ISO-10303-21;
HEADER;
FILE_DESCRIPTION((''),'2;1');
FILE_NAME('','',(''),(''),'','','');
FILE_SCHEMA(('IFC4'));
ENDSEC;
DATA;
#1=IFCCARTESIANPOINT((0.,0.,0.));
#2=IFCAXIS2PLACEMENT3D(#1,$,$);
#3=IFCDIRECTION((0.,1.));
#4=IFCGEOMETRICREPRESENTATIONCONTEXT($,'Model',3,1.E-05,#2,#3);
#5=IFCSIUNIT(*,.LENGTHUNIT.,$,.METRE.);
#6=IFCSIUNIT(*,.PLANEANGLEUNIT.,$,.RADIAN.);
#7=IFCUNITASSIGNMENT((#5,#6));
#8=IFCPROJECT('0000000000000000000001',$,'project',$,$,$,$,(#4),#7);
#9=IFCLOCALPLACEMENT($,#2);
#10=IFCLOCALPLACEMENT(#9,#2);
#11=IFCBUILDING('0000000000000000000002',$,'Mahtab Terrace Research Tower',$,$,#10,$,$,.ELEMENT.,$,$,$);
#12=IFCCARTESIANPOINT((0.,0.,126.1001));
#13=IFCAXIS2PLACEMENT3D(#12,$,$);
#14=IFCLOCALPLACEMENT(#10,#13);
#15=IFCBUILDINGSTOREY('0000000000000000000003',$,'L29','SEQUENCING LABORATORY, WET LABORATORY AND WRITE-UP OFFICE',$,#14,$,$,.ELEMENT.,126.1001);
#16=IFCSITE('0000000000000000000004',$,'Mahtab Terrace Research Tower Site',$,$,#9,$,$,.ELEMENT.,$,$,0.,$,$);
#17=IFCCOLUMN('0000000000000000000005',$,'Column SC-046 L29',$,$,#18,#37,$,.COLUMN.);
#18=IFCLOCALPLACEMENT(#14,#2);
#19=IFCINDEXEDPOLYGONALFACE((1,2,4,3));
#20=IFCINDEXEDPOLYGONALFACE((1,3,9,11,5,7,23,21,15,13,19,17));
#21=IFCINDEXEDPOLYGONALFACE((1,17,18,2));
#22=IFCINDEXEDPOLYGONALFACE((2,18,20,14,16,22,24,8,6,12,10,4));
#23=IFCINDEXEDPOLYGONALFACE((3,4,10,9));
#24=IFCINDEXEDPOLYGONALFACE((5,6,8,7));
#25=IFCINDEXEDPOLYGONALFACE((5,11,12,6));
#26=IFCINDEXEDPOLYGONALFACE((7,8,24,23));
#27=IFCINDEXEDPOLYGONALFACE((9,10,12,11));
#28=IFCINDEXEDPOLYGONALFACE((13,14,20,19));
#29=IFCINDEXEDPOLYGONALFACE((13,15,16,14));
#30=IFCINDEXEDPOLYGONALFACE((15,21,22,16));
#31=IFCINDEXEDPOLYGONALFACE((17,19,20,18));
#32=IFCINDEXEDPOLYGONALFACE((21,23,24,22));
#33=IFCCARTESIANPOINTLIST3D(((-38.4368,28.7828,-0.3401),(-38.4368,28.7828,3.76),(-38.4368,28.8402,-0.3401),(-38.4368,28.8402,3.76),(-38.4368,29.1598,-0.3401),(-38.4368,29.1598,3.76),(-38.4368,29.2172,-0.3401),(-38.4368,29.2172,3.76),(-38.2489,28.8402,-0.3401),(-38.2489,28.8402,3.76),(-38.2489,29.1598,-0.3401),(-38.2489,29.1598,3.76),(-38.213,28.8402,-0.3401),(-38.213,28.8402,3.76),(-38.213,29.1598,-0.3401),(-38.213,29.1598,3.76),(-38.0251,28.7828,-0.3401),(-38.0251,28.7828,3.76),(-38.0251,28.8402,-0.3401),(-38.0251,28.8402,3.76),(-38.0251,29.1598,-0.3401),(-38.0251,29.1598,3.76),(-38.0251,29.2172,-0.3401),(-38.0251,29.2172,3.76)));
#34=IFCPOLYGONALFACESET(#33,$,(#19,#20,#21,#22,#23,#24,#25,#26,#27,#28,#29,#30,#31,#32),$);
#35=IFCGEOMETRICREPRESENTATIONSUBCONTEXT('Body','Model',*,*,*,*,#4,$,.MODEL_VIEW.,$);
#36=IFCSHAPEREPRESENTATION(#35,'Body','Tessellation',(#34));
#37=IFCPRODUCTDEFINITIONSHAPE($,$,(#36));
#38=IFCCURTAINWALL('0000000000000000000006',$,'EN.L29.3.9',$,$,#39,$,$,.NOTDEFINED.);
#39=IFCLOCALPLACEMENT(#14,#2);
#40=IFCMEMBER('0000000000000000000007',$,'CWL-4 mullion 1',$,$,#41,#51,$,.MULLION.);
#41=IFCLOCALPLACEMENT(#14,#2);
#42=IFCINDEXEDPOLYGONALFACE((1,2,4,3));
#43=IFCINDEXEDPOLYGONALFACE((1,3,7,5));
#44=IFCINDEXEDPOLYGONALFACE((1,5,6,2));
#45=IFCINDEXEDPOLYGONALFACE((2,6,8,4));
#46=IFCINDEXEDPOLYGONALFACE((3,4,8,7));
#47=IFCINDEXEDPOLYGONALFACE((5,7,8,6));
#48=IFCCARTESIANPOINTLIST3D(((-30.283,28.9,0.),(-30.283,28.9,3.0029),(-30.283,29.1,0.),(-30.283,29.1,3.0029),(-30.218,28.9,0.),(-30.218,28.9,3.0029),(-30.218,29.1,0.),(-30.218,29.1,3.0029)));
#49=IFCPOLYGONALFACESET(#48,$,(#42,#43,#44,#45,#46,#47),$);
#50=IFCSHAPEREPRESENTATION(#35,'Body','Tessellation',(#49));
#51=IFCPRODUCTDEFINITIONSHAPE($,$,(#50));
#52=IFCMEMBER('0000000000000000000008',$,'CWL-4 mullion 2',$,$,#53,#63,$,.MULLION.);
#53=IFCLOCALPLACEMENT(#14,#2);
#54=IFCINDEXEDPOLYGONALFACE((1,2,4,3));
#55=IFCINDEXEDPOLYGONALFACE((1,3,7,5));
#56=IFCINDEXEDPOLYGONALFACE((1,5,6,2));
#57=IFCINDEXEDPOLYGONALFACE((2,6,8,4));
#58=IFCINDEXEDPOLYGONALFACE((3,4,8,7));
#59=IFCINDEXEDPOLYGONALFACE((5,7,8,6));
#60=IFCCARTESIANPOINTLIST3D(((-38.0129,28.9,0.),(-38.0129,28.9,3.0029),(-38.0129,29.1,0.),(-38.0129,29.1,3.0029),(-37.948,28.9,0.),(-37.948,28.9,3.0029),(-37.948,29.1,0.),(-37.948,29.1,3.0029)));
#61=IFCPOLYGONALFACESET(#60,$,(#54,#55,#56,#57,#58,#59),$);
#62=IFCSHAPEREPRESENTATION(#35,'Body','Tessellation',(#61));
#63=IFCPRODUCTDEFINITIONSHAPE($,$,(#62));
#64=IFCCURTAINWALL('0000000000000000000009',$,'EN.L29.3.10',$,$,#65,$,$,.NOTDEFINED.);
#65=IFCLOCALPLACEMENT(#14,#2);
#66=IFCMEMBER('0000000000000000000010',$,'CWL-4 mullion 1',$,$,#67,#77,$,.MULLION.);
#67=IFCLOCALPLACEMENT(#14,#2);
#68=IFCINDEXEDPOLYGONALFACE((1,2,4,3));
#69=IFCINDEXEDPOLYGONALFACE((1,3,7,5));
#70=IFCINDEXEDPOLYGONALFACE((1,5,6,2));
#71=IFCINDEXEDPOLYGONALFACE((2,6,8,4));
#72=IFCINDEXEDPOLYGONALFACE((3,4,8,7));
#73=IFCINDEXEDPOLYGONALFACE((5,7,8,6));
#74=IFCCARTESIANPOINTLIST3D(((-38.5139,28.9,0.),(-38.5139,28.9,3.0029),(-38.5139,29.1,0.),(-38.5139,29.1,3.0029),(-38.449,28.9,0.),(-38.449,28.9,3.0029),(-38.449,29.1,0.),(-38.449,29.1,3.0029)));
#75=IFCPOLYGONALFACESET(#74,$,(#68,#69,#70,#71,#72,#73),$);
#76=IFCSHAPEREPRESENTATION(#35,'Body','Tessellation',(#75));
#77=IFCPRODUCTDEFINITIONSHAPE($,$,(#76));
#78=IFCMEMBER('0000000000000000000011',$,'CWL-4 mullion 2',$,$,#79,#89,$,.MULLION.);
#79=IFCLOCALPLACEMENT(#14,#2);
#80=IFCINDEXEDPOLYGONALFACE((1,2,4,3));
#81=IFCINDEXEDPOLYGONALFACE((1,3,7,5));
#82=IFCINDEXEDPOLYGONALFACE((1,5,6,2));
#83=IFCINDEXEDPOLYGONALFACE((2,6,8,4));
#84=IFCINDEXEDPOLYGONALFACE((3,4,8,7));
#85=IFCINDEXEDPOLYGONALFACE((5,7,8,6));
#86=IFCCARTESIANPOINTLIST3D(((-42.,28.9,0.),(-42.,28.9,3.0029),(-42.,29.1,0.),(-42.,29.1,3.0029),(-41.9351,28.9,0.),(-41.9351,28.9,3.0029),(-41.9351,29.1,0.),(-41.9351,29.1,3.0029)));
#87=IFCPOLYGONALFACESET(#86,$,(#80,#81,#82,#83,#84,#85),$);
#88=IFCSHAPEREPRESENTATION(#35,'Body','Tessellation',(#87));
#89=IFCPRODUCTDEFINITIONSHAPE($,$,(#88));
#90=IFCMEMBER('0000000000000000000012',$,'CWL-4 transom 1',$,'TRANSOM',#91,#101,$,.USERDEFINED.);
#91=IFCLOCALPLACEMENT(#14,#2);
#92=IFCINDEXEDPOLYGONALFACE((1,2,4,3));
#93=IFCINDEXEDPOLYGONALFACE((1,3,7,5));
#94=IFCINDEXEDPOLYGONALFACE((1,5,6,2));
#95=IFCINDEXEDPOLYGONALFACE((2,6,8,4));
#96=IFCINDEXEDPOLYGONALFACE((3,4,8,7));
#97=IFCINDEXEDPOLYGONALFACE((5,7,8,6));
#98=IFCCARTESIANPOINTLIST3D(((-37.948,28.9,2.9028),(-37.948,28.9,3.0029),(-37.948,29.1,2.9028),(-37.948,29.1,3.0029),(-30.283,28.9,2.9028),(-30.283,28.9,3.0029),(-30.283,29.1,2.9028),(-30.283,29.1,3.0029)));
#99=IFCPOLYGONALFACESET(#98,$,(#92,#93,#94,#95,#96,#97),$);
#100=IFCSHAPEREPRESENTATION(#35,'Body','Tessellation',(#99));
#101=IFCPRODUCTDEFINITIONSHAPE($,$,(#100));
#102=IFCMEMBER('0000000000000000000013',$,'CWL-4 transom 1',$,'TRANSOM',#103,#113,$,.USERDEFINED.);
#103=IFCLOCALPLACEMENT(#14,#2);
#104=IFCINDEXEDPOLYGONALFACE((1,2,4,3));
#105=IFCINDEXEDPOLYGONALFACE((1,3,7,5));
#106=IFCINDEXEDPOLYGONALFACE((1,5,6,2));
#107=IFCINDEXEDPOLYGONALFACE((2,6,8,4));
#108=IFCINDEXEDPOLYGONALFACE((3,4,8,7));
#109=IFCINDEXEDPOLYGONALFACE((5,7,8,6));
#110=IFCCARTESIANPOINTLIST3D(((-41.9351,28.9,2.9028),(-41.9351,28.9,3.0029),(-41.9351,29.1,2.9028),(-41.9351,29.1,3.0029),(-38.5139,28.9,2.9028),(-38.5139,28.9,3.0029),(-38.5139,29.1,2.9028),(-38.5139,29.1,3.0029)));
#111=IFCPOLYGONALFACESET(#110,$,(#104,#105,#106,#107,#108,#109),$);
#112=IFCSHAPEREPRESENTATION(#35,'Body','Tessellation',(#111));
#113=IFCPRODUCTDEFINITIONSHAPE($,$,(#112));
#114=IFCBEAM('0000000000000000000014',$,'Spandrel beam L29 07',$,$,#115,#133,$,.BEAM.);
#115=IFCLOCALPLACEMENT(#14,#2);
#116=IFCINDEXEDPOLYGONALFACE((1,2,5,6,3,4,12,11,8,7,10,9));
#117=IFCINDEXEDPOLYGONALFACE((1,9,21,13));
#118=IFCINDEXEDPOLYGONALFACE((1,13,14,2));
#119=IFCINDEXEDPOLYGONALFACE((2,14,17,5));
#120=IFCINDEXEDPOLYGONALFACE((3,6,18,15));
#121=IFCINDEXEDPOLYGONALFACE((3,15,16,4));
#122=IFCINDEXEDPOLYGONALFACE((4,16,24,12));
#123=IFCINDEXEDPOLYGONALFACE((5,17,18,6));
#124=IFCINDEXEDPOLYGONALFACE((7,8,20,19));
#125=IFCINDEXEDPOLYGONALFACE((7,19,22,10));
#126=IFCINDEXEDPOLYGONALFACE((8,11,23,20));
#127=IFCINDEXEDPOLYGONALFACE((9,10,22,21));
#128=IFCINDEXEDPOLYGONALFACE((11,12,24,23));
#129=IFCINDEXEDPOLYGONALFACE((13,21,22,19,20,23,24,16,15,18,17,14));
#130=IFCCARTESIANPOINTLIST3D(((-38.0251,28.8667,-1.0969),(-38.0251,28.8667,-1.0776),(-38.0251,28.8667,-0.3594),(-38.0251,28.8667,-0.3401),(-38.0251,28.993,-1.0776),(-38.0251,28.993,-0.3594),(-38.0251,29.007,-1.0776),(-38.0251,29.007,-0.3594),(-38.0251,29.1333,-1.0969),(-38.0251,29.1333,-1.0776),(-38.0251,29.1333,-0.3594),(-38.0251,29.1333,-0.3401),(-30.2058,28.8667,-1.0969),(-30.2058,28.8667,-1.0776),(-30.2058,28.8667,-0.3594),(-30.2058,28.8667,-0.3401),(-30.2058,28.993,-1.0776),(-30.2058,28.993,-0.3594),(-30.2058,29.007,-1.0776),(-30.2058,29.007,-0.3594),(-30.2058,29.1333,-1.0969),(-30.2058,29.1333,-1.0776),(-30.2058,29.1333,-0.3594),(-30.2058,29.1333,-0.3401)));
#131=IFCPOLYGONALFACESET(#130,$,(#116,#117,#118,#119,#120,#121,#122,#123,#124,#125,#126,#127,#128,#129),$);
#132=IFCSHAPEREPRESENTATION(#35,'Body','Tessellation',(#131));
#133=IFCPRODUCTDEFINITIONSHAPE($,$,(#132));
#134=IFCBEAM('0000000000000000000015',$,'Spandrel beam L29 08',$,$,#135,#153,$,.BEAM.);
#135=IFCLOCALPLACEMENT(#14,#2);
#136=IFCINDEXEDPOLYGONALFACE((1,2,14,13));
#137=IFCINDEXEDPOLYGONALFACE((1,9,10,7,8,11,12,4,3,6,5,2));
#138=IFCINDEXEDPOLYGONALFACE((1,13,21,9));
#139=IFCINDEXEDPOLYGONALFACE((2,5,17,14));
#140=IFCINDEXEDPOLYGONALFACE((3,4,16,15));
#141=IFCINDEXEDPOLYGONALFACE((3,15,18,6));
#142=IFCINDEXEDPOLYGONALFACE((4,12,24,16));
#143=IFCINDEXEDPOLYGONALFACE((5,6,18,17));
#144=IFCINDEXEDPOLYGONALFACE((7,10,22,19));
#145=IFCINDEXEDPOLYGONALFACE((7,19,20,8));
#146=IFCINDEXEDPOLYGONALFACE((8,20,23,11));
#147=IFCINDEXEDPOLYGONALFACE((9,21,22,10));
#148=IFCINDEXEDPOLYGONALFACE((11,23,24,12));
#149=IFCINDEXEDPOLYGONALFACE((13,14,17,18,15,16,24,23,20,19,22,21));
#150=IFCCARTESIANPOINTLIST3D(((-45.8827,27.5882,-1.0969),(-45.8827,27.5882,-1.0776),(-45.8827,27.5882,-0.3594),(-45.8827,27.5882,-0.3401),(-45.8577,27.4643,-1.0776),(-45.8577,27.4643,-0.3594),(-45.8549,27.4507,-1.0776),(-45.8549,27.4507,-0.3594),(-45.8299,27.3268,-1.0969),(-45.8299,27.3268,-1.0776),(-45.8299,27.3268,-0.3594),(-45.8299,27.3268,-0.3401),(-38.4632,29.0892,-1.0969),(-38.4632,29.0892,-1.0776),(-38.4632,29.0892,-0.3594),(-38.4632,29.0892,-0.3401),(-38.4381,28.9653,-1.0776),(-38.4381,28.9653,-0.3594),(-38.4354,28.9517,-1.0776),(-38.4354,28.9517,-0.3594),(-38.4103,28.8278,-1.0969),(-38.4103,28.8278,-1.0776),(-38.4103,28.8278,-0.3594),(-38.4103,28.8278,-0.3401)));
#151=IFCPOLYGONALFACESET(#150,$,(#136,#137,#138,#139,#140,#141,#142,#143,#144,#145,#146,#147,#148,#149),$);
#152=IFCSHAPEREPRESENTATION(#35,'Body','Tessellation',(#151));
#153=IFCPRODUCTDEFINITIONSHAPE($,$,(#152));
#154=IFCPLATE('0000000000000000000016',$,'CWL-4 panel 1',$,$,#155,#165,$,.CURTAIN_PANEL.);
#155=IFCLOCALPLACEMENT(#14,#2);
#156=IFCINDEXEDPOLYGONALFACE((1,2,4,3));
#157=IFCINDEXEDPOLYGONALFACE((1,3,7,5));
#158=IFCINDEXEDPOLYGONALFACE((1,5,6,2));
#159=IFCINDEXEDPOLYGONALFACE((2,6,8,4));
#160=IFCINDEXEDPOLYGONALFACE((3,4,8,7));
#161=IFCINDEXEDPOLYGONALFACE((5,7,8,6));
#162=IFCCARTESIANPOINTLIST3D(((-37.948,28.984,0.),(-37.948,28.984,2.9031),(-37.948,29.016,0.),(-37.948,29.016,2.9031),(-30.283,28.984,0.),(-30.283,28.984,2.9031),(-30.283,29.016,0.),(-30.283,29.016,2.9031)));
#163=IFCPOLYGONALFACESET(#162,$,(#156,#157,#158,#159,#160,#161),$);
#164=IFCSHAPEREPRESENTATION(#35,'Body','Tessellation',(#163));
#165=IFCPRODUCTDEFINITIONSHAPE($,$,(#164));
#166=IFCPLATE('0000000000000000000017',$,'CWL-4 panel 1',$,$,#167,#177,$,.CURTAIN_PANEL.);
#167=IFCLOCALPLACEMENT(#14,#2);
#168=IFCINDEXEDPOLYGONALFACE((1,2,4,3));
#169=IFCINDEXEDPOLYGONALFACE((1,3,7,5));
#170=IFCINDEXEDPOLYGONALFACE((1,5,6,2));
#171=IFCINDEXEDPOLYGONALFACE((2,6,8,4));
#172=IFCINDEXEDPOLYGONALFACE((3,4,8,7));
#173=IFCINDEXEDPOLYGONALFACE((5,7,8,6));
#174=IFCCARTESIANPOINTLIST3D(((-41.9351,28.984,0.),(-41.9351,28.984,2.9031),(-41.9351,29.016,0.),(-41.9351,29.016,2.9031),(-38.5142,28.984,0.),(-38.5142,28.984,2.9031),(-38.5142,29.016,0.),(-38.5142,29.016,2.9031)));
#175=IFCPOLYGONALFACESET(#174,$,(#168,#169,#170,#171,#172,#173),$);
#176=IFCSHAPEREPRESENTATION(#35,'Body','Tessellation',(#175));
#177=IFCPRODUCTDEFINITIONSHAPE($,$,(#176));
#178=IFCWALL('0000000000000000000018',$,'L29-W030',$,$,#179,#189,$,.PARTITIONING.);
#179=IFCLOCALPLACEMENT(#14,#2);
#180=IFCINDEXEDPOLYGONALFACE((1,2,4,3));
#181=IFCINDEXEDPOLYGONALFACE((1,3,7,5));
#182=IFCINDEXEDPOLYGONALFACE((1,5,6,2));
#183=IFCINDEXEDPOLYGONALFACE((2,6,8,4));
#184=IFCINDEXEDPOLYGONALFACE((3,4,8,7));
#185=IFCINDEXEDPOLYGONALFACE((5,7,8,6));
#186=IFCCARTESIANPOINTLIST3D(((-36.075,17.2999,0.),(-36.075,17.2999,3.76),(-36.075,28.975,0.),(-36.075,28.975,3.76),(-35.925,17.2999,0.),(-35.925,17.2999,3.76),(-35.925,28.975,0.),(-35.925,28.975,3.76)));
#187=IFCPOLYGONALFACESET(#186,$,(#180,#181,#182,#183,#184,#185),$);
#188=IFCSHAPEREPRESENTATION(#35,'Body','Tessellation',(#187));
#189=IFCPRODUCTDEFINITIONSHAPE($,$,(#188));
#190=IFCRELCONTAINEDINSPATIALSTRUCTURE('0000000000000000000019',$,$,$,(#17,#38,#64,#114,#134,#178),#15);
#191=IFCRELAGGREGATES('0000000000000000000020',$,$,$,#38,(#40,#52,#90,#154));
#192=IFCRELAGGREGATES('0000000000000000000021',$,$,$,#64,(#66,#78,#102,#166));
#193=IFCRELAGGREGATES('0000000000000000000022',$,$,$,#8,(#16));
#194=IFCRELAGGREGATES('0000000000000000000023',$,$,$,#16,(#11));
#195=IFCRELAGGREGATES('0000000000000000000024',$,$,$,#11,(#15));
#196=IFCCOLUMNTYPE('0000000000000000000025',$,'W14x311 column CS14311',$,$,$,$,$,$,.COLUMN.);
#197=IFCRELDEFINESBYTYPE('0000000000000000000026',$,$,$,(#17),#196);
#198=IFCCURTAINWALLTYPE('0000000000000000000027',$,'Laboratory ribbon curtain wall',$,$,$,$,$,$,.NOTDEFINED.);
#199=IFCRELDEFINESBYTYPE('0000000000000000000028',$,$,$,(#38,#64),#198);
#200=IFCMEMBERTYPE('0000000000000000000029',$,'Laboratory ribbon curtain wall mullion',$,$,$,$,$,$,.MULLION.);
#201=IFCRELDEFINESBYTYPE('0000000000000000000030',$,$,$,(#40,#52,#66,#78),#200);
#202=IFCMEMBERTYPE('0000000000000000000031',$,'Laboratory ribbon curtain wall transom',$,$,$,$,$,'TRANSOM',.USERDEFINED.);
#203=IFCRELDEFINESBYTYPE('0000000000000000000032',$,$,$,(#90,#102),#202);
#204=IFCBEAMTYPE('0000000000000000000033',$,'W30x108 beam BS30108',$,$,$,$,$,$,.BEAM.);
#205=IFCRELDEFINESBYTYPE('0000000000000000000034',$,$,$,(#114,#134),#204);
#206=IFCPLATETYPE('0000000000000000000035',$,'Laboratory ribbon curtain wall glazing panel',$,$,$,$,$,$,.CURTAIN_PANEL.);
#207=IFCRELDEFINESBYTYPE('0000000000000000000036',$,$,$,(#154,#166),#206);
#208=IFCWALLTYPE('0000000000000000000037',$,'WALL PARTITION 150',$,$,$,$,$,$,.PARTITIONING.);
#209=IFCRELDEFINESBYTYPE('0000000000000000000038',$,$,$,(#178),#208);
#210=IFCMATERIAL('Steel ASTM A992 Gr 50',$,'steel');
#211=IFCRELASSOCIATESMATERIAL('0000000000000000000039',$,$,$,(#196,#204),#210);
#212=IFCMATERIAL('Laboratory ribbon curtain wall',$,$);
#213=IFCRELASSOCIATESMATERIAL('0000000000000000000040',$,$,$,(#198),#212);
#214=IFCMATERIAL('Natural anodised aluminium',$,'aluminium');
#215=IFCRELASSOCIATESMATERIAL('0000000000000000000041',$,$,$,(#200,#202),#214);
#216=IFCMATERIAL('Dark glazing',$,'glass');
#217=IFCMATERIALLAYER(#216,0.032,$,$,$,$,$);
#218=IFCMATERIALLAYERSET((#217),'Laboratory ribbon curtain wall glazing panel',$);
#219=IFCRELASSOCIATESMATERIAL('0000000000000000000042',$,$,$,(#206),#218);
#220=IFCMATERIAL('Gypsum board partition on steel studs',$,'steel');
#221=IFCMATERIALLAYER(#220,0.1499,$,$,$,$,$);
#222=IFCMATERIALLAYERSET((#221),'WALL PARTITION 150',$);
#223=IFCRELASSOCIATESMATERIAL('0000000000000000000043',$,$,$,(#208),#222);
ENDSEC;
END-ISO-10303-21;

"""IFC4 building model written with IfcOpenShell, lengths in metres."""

from ifc_helpers import new_model, si_unit, direction, frame, frame_2d, origin, origin_2d, place, context, subcontext, project, spatial, rectangle, i_section, extrude, material, layer, layer_set, material_profile, profile_set, type_object, element, aggregate, save


model = new_model("IFC4")

# Units and contexts
model_context = context("Model", 3, precision=1e-05, world=origin(), true_north=direction((0.0, 1.0)))
body_context = subcontext(model_context, "Body", "Model", "MODEL_VIEW")
ifc_project = project(units=[si_unit("LENGTHUNIT", "METRE"), si_unit("PLANEANGLEUNIT", "RADIAN")], contexts=[model_context])

# Site, building, storey
site_placement = place(None, origin())
site = spatial("IfcSite", under=ifc_project, at=site_placement, Name="Mahtab Terrace Research Tower Site", CompositionType="ELEMENT", RefElevation=0.0)
building_placement = place(site_placement, origin())
building = spatial("IfcBuilding", under=site, at=building_placement, Name="Mahtab Terrace Research Tower", CompositionType="ELEMENT")
storey_placement = place(building_placement, frame((0.0, 0.0, 126.1001)))
storey = spatial("IfcBuildingStorey", under=building, at=storey_placement, Name="L29", Description="SEQUENCING LABORATORY, WET LABORATORY AND WRITE-UP OFFICE", CompositionType="ELEMENT", Elevation=126.1001)

# Column
ifc_material_1 = material(Name="Steel ASTM A992 Gr 50", Category="steel")
ifc_material_profile_1 = material_profile(ifc_material_1, i_section(OverallWidth=0.4116, OverallDepth=0.4343, WebThickness=0.0359, FlangeThickness=0.0574, at=origin_2d()), Name="W14X311")
ifc_profile_set_1 = profile_set([ifc_material_profile_1], Name="Steel ASTM A992 Gr 50")
column_type = type_object("IfcColumnType", Name="W14x311 column CS14311", PredefinedType="COLUMN", material=ifc_profile_set_1)
column_placement = place(storey_placement, frame((-38.231, 29.0, -0.3401), z_axis=(0.0, 0.0, 1.0), x_axis=(1.0, 0.0, 0.0)))
element("IfcColumn", 1, at=column_placement, inside=storey, type_object=column_type, Name="Column SC-046 L29", PredefinedType="COLUMN", context=body_context, shape_type="SweptSolid", body=[
    extrude(i_section(OverallWidth=0.4116, OverallDepth=0.4343, WebThickness=0.0359, FlangeThickness=0.0574, at=origin_2d()), origin(), (0.0, 0.0, 1.0), 4.1001),
])

# Curtain walls, members
ifc_material_2 = material(Name="Laboratory ribbon curtain wall")
curtain_wall_type = type_object("IfcCurtainWallType", Name="Laboratory ribbon curtain wall", PredefinedType="NOTDEFINED", material=ifc_material_2)
curtain_wall_1_placement = place(storey_placement, origin())
curtain_wall_1 = element("IfcCurtainWall", 2, at=curtain_wall_1_placement, inside=storey, type_object=curtain_wall_type, Name="EN.L29.3.9", PredefinedType="NOTDEFINED")
ifc_material_3 = material(Name="Natural anodised aluminium", Category="aluminium")
ifc_material_profile_2 = material_profile(ifc_material_3, rectangle(XDim=0.2, YDim=0.0649, at=origin_2d()), Name="MULLION 65x200")
ifc_profile_set_2 = profile_set([ifc_material_profile_2], Name="Natural anodised aluminium")
member_type_1 = type_object("IfcMemberType", Name="Laboratory ribbon curtain wall mullion", PredefinedType="MULLION", material=ifc_profile_set_2)
member_1_placement = place(storey_placement, frame((-30.2505, 29.0, 0.0), z_axis=(0.0, 0.0, 1.0), x_axis=(0.0, -1.0, 0.0)))
member_1 = element("IfcMember", 3, at=member_1_placement, type_object=member_type_1, Name="CWL-4 mullion 1", PredefinedType="MULLION", context=body_context, shape_type="SweptSolid", body=[
    extrude(rectangle(XDim=0.2, YDim=0.0649, at=origin_2d()), origin(), (0.0, 0.0, 1.0), 3.0029),
])
member_2_placement = place(storey_placement, frame((-37.9805, 29.0, 0.0), z_axis=(0.0, 0.0, 1.0), x_axis=(0.0, -1.0, 0.0)))
member_2 = element("IfcMember", 4, at=member_2_placement, type_object=member_type_1, Name="CWL-4 mullion 2", PredefinedType="MULLION", context=body_context, shape_type="SweptSolid", body=[
    extrude(rectangle(XDim=0.2, YDim=0.0649, at=origin_2d()), origin(), (0.0, 0.0, 1.0), 3.0029),
])
curtain_wall_2_placement = place(storey_placement, origin())
curtain_wall_2 = element("IfcCurtainWall", 5, at=curtain_wall_2_placement, inside=storey, type_object=curtain_wall_type, Name="EN.L29.3.10", PredefinedType="NOTDEFINED")
member_3_placement = place(storey_placement, frame((-38.4814, 29.0, 0.0), z_axis=(0.0, 0.0, 1.0), x_axis=(0.0, -1.0, 0.0)))
member_3 = element("IfcMember", 6, at=member_3_placement, type_object=member_type_1, Name="CWL-4 mullion 1", PredefinedType="MULLION", context=body_context, shape_type="SweptSolid", body=[
    extrude(rectangle(XDim=0.2, YDim=0.0649, at=origin_2d()), origin(), (0.0, 0.0, 1.0), 3.0029),
])
member_4_placement = place(storey_placement, frame((-41.9675, 29.0, 0.0), z_axis=(0.0, 0.0, 1.0), x_axis=(0.0, -1.0, 0.0)))
member_4 = element("IfcMember", 7, at=member_4_placement, type_object=member_type_1, Name="CWL-4 mullion 2", PredefinedType="MULLION", context=body_context, shape_type="SweptSolid", body=[
    extrude(rectangle(XDim=0.2, YDim=0.0649, at=origin_2d()), origin(), (0.0, 0.0, 1.0), 3.0029),
])

# Members
ifc_material_profile_3 = material_profile(ifc_material_3, rectangle(XDim=0.2, YDim=0.1001, at=origin_2d()), Name="TRANSOM 100x200")
ifc_profile_set_3 = profile_set([ifc_material_profile_3], Name="Natural anodised aluminium")
member_type_2 = type_object("IfcMemberType", Name="Laboratory ribbon curtain wall transom", ElementType="TRANSOM", PredefinedType="USERDEFINED", material=ifc_profile_set_3)
member_5_placement = place(storey_placement, frame((-30.283, 29.0, 2.9529), z_axis=(-1.0, 0.0, 0.0), x_axis=(0.0, -1.0, 0.0)))
member_5 = element("IfcMember", 8, at=member_5_placement, type_object=member_type_2, Name="CWL-4 transom 1", ObjectType="TRANSOM", PredefinedType="USERDEFINED", context=body_context, shape_type="SweptSolid", body=[
    extrude(rectangle(XDim=0.2, YDim=0.1001, at=origin_2d()), origin(), (0.0, 0.0, 1.0), 7.665),
])
member_6_placement = place(storey_placement, frame((-38.5139, 29.0, 2.9529), z_axis=(-1.0, 0.0, 0.0), x_axis=(0.0, -1.0, 0.0)))
member_6 = element("IfcMember", 9, at=member_6_placement, type_object=member_type_2, Name="CWL-4 transom 1", ObjectType="TRANSOM", PredefinedType="USERDEFINED", context=body_context, shape_type="SweptSolid", body=[
    extrude(rectangle(XDim=0.2, YDim=0.1001, at=origin_2d()), origin(), (0.0, 0.0, 1.0), 3.4211),
])

# Beams
ifc_material_profile_4 = material_profile(ifc_material_1, i_section(OverallWidth=0.2666, OverallDepth=0.7568, WebThickness=0.0139, FlangeThickness=0.0193, at=origin_2d()), Name="W30X108")
ifc_profile_set_4 = profile_set([ifc_material_profile_4], Name="Steel ASTM A992 Gr 50")
beam_type = type_object("IfcBeamType", Name="W30x108 beam BS30108", PredefinedType="BEAM", material=ifc_profile_set_4)
beam_1_placement = place(storey_placement, frame((-30.2058, 29.0, -0.7185), z_axis=(-1.0, 0.0, 0.0), x_axis=(0.0, -1.0, 0.0)))
element("IfcBeam", 10, at=beam_1_placement, inside=storey, type_object=beam_type, Name="Spandrel beam L29 07", PredefinedType="BEAM", context=body_context, shape_type="SweptSolid", body=[
    extrude(i_section(OverallWidth=0.2666, OverallDepth=0.7568, WebThickness=0.0139, FlangeThickness=0.0193, at=origin_2d()), origin(), (0.0, 0.0, 1.0), 7.8193),
])
beam_2_placement = place(storey_placement, frame((-38.4368, 28.9585, -0.7185), z_axis=(-0.980144, -0.198286, 0.0), x_axis=(0.198286, -0.980144, 0.0)))
element("IfcBeam", 11, at=beam_2_placement, inside=storey, type_object=beam_type, Name="Spandrel beam L29 08", PredefinedType="BEAM", context=body_context, shape_type="SweptSolid", body=[
    extrude(i_section(OverallWidth=0.2666, OverallDepth=0.7568, WebThickness=0.0139, FlangeThickness=0.0193, at=origin_2d()), origin(), (0.0, 0.0, 1.0), 7.5698),
])

# Plates
ifc_material_4 = material(Name="Dark glazing", Category="glass")
ifc_layer_1 = layer(ifc_material_4, 0.032)
ifc_layer_set_1 = layer_set([ifc_layer_1], Name="Laboratory ribbon curtain wall glazing panel")
plate_type = type_object("IfcPlateType", Name="Laboratory ribbon curtain wall glazing panel", PredefinedType="CURTAIN_PANEL", material=ifc_layer_set_1)
plate_1_placement = place(storey_placement, frame((-34.1155, 29.0, 0.0), z_axis=(0.0, 0.0, 1.0), x_axis=(-1.0, 0.0, 0.0)))
plate_1 = element("IfcPlate", 12, at=plate_1_placement, type_object=plate_type, Name="CWL-4 panel 1", PredefinedType="CURTAIN_PANEL", context=body_context, shape_type="SweptSolid", body=[
    extrude(rectangle(XDim=7.665, YDim=0.032, at=origin_2d()), origin(), (0.0, 0.0, 1.0), 2.9031),
])
aggregate(curtain_wall_1, [member_1, member_2, member_5, plate_1])
plate_2_placement = place(storey_placement, frame((-40.2246, 29.0, 0.0), z_axis=(0.0, 0.0, 1.0), x_axis=(-1.0, 0.0, 0.0)))
plate_2 = element("IfcPlate", 13, at=plate_2_placement, type_object=plate_type, Name="CWL-4 panel 1", PredefinedType="CURTAIN_PANEL", context=body_context, shape_type="SweptSolid", body=[
    extrude(rectangle(XDim=3.4209, YDim=0.032, at=origin_2d()), origin(), (0.0, 0.0, 1.0), 2.9031),
])
aggregate(curtain_wall_2, [member_3, member_4, member_6, plate_2])

# Wall
ifc_material_5 = material(Name="Gypsum board partition on steel studs", Category="steel")
ifc_layer_2 = layer(ifc_material_5, 0.1499)
ifc_layer_set_2 = layer_set([ifc_layer_2], Name="WALL PARTITION 150")
wall_type = type_object("IfcWallType", Name="WALL PARTITION 150", PredefinedType="PARTITIONING", material=ifc_layer_set_2)
wall_placement = place(storey_placement, frame((-36.0, 17.3, 0.0), z_axis=(0.0, 0.0, 1.0), x_axis=(0.0, 1.0, 0.0)))
element("IfcWall", 14, at=wall_placement, inside=storey, type_object=wall_type, Name="L29-W030", PredefinedType="PARTITIONING", context=body_context, shape_type="SweptSolid", body=[
    extrude(rectangle(XDim=11.675, YDim=0.1499, at=frame_2d((5.8374, 0.0))), origin(), (0.0, 0.0, 1.0), 3.76),
])

save(model, "model.ifc")
